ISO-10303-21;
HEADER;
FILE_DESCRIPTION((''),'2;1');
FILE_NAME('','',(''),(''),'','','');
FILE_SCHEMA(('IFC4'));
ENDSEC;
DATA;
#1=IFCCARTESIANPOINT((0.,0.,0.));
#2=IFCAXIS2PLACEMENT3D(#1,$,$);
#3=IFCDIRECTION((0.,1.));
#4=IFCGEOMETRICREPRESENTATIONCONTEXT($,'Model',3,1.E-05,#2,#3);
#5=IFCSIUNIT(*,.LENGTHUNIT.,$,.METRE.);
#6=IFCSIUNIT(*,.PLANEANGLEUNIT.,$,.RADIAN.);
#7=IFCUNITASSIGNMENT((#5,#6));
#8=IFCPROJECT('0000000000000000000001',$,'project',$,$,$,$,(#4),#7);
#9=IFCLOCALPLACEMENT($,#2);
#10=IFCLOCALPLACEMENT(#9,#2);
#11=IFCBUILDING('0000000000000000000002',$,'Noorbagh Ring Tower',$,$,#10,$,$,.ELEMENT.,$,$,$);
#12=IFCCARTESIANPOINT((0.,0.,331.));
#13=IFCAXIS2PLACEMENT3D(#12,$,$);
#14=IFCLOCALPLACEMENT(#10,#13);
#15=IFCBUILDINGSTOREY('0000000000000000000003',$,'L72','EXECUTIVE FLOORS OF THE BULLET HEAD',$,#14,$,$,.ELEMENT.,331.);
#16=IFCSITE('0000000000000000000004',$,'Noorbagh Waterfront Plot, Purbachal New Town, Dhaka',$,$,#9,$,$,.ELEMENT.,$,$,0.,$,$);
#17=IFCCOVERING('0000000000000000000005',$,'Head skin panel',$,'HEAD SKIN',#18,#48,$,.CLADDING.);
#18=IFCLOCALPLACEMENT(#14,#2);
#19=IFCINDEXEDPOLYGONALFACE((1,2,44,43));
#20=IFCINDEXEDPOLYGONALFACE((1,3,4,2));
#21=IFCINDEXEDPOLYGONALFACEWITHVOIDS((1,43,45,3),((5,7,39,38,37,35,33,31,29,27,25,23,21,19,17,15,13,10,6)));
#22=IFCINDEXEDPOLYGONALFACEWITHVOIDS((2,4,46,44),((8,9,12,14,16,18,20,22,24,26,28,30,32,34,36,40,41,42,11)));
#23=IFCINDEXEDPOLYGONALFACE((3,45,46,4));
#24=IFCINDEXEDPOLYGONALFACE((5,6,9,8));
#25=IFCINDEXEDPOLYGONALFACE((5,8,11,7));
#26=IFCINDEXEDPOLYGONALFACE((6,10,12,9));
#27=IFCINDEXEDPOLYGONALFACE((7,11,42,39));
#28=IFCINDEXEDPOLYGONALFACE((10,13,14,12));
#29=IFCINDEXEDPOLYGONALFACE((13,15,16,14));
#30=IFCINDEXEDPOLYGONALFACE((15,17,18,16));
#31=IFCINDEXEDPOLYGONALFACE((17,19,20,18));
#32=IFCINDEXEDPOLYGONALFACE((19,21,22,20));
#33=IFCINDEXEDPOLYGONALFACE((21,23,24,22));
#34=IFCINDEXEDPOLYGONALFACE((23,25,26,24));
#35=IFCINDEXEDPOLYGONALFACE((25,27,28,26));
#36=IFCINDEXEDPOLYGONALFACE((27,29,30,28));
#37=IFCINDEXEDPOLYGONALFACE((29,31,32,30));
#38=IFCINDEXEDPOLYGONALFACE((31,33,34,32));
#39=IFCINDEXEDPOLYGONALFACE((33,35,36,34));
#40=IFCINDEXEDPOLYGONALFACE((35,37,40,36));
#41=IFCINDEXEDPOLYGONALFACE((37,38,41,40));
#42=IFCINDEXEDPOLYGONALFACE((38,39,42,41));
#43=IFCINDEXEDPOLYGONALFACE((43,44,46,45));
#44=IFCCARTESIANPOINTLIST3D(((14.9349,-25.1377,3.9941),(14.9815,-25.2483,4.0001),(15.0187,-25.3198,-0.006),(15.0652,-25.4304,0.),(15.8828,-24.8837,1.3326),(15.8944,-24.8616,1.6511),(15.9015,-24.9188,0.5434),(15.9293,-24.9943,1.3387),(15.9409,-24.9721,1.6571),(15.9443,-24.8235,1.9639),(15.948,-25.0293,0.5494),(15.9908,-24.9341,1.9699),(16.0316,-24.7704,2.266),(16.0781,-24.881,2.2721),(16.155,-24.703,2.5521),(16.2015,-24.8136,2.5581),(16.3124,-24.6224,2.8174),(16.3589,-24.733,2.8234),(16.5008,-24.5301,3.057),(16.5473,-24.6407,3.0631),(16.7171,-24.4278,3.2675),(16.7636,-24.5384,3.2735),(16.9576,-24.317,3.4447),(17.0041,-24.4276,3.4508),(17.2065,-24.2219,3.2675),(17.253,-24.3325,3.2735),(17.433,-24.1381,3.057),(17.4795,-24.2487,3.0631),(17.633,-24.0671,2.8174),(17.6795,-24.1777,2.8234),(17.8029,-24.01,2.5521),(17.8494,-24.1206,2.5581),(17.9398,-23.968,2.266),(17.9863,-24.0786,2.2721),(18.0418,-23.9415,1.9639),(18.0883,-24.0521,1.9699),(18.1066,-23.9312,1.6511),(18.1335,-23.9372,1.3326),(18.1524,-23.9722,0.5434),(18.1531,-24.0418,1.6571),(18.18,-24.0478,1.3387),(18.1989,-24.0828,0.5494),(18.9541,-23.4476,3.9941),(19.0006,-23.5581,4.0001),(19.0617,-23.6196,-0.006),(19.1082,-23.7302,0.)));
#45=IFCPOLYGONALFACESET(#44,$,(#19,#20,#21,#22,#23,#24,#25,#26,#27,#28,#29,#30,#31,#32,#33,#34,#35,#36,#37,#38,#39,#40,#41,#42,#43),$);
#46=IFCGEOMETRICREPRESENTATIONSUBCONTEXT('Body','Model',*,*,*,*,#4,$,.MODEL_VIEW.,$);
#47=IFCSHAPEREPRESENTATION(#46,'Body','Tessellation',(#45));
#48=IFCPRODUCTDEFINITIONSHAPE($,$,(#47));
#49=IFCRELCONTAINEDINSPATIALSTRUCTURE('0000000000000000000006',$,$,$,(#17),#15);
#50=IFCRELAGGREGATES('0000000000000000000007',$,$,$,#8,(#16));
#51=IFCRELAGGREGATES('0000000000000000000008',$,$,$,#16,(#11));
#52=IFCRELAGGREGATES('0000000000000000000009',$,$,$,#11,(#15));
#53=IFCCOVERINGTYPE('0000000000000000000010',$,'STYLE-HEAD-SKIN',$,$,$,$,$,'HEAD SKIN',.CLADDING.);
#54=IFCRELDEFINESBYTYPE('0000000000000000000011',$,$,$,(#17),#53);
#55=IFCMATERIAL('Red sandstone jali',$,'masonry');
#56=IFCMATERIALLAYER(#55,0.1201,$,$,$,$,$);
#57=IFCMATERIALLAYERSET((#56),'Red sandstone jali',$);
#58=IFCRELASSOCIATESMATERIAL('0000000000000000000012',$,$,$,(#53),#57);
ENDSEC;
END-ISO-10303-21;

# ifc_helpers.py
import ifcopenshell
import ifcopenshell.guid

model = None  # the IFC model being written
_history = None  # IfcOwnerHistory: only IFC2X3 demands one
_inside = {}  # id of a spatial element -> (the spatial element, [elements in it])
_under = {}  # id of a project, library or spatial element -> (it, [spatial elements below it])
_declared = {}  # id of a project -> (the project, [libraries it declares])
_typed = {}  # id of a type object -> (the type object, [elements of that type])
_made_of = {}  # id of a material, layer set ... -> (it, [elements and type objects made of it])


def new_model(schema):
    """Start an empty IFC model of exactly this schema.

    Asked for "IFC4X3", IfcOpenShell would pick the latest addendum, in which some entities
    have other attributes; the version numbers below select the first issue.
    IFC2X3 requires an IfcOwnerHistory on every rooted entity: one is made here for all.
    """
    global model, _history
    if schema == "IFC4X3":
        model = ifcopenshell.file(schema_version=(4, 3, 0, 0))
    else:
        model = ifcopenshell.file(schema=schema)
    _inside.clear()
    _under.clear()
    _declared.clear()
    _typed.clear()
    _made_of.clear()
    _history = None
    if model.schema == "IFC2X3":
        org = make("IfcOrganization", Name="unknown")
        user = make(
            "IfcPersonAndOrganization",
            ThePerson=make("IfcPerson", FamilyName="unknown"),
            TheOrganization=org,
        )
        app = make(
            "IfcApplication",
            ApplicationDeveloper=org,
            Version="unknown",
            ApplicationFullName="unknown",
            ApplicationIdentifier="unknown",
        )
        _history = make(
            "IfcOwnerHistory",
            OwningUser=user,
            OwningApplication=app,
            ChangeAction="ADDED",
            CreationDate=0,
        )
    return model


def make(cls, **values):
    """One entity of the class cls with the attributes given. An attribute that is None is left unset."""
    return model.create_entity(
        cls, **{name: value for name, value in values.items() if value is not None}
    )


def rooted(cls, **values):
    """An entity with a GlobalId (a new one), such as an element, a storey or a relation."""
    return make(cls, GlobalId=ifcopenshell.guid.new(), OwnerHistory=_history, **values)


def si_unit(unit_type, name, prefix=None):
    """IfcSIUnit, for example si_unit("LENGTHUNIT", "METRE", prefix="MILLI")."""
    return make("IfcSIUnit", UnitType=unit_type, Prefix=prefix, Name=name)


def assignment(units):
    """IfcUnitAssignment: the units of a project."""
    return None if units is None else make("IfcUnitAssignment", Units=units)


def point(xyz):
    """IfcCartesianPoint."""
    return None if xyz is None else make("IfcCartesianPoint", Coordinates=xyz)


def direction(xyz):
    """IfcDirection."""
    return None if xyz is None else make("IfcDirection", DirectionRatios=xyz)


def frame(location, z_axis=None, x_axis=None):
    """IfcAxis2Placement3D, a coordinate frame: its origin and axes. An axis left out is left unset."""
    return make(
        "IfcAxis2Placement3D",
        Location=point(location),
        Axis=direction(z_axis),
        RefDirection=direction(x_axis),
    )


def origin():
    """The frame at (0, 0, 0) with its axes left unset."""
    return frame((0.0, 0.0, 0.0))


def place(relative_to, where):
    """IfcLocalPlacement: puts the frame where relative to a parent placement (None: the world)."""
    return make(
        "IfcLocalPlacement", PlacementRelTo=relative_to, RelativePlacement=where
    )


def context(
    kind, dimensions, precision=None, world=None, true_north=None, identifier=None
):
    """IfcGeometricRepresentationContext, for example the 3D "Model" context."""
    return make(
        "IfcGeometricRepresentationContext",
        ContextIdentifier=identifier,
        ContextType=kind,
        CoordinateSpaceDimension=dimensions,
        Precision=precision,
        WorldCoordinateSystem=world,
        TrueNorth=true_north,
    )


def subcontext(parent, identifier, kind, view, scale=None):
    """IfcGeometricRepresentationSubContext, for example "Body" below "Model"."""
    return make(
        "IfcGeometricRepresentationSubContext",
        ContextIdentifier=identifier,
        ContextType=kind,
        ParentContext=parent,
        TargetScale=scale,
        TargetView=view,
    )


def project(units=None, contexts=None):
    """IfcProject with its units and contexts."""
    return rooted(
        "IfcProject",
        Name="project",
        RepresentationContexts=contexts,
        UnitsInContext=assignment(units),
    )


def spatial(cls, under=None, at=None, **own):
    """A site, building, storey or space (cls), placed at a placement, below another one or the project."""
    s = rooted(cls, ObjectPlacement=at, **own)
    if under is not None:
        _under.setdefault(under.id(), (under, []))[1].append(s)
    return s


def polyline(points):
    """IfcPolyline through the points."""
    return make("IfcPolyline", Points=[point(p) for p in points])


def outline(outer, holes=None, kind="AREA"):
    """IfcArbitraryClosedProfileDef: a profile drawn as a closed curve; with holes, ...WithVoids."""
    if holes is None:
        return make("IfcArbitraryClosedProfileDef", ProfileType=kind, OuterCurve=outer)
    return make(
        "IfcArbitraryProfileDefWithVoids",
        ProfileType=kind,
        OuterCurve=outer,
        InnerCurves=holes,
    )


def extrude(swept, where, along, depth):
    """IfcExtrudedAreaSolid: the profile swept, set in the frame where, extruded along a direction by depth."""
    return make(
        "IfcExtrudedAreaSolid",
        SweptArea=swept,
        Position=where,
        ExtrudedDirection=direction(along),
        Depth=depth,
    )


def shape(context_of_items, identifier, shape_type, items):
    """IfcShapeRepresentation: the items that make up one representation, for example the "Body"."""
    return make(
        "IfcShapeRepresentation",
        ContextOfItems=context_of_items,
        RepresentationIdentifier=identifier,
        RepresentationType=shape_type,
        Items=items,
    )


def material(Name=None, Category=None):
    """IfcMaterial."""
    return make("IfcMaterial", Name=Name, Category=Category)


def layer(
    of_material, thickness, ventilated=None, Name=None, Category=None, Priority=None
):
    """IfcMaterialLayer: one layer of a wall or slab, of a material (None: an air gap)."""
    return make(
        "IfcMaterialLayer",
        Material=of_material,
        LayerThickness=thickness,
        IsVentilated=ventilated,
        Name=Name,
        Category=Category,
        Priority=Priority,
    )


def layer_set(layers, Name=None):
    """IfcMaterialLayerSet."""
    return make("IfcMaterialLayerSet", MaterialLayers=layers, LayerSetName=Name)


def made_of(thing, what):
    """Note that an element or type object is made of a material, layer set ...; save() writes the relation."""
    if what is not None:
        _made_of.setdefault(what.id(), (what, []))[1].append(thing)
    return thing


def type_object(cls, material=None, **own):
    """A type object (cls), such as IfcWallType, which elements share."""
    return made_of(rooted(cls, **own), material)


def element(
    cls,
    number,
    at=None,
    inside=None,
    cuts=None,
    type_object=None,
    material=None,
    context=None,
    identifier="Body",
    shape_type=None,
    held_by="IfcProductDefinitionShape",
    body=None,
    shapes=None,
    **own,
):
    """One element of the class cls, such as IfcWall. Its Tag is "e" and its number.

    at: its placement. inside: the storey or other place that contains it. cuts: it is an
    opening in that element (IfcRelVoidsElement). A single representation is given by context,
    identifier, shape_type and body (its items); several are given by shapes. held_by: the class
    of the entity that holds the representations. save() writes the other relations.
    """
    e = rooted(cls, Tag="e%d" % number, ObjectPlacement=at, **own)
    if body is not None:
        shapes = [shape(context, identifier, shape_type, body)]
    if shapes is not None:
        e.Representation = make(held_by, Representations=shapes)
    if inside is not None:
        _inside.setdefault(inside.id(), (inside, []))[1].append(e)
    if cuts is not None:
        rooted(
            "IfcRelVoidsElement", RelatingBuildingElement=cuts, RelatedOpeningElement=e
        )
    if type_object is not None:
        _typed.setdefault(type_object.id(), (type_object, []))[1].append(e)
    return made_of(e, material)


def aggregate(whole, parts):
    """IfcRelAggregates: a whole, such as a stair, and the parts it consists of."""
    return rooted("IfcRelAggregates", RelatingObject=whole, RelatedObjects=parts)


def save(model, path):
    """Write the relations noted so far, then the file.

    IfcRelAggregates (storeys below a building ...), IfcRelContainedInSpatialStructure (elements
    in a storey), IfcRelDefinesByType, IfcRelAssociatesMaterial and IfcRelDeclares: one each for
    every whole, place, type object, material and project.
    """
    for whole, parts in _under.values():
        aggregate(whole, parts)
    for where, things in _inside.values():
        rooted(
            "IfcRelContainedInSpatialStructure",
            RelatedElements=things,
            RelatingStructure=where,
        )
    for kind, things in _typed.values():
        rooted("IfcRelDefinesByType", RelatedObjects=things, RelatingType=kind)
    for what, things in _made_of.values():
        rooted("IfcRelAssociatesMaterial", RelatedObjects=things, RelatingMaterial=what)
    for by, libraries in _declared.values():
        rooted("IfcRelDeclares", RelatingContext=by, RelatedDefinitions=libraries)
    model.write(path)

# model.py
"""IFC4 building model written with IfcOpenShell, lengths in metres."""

from ifc_helpers import new_model, si_unit, direction, frame, origin, place, context, subcontext, project, spatial, polyline, outline, extrude, material, layer, layer_set, type_object, element, save


model = new_model("IFC4")

# Units and contexts
model_context = context("Model", 3, precision=1e-05, world=origin(), true_north=direction((0.0, 1.0)))
body_context = subcontext(model_context, "Body", "Model", "MODEL_VIEW")
ifc_project = project(units=[si_unit("LENGTHUNIT", "METRE"), si_unit("PLANEANGLEUNIT", "RADIAN")], contexts=[model_context])

# Site, building, storey
site_placement = place(None, origin())
site = spatial("IfcSite", under=ifc_project, at=site_placement, Name="Noorbagh Waterfront Plot, Purbachal New Town, Dhaka", CompositionType="ELEMENT", RefElevation=0.0)
building_placement = place(site_placement, origin())
building = spatial("IfcBuilding", under=site, at=building_placement, Name="Noorbagh Ring Tower", CompositionType="ELEMENT")
storey_placement = place(building_placement, frame((0.0, 0.0, 331.0)))
storey = spatial("IfcBuildingStorey", under=building, at=storey_placement, Name="L72", Description="EXECUTIVE FLOORS OF THE BULLET HEAD", CompositionType="ELEMENT", Elevation=331.0)

# Covering
ifc_material_1 = material(Name="Red sandstone jali", Category="masonry")
ifc_layer_1 = layer(ifc_material_1, 0.1201)
ifc_layer_set_1 = layer_set([ifc_layer_1], Name="Red sandstone jali")
covering_type_1 = type_object("IfcCoveringType", Name="STYLE-HEAD-SKIN", ElementType="HEAD SKIN", PredefinedType="CLADDING", material=ifc_layer_set_1)
covering_1_placement = place(storey_placement, frame((15.0652, -25.4304, 0.0), z_axis=(0.387159, -0.920655, 0.050019), x_axis=(0.921809, 0.387644, 0.0)))
element("IfcCovering", 1, at=covering_1_placement, inside=storey, type_object=covering_type_1, Name="Head skin panel", ObjectType="HEAD SKIN", PredefinedType="CLADDING", context=body_context, shape_type="SweptSolid", body=[
    extrude(outline(polyline([(0.0, 0.0), (4.386, 0.0), (4.3535, 4.0051), (-0.0066, 4.0051), (0.0, 0.0)]), holes=[polyline([(0.9692, 0.55), (0.9656, 1.3403), (0.9849, 1.6592), (1.0457, 1.9724), (1.1467, 2.2749), (1.2866, 2.5613), (1.4629, 2.8269), (1.6724, 3.0669), (1.9114, 3.2776), (2.176, 3.4551), (2.4424, 3.2776), (2.6836, 3.0669), (2.8955, 2.8269), (3.0742, 2.5613), (3.2168, 2.2749), (3.321, 1.9724), (3.3848, 1.6592), (3.4072, 1.3403), (3.4111, 0.55), (0.9692, 0.55)])]), origin(), (0.0, 0.0, -1.0), 0.1201),
])

save(model, "model.ifc")
